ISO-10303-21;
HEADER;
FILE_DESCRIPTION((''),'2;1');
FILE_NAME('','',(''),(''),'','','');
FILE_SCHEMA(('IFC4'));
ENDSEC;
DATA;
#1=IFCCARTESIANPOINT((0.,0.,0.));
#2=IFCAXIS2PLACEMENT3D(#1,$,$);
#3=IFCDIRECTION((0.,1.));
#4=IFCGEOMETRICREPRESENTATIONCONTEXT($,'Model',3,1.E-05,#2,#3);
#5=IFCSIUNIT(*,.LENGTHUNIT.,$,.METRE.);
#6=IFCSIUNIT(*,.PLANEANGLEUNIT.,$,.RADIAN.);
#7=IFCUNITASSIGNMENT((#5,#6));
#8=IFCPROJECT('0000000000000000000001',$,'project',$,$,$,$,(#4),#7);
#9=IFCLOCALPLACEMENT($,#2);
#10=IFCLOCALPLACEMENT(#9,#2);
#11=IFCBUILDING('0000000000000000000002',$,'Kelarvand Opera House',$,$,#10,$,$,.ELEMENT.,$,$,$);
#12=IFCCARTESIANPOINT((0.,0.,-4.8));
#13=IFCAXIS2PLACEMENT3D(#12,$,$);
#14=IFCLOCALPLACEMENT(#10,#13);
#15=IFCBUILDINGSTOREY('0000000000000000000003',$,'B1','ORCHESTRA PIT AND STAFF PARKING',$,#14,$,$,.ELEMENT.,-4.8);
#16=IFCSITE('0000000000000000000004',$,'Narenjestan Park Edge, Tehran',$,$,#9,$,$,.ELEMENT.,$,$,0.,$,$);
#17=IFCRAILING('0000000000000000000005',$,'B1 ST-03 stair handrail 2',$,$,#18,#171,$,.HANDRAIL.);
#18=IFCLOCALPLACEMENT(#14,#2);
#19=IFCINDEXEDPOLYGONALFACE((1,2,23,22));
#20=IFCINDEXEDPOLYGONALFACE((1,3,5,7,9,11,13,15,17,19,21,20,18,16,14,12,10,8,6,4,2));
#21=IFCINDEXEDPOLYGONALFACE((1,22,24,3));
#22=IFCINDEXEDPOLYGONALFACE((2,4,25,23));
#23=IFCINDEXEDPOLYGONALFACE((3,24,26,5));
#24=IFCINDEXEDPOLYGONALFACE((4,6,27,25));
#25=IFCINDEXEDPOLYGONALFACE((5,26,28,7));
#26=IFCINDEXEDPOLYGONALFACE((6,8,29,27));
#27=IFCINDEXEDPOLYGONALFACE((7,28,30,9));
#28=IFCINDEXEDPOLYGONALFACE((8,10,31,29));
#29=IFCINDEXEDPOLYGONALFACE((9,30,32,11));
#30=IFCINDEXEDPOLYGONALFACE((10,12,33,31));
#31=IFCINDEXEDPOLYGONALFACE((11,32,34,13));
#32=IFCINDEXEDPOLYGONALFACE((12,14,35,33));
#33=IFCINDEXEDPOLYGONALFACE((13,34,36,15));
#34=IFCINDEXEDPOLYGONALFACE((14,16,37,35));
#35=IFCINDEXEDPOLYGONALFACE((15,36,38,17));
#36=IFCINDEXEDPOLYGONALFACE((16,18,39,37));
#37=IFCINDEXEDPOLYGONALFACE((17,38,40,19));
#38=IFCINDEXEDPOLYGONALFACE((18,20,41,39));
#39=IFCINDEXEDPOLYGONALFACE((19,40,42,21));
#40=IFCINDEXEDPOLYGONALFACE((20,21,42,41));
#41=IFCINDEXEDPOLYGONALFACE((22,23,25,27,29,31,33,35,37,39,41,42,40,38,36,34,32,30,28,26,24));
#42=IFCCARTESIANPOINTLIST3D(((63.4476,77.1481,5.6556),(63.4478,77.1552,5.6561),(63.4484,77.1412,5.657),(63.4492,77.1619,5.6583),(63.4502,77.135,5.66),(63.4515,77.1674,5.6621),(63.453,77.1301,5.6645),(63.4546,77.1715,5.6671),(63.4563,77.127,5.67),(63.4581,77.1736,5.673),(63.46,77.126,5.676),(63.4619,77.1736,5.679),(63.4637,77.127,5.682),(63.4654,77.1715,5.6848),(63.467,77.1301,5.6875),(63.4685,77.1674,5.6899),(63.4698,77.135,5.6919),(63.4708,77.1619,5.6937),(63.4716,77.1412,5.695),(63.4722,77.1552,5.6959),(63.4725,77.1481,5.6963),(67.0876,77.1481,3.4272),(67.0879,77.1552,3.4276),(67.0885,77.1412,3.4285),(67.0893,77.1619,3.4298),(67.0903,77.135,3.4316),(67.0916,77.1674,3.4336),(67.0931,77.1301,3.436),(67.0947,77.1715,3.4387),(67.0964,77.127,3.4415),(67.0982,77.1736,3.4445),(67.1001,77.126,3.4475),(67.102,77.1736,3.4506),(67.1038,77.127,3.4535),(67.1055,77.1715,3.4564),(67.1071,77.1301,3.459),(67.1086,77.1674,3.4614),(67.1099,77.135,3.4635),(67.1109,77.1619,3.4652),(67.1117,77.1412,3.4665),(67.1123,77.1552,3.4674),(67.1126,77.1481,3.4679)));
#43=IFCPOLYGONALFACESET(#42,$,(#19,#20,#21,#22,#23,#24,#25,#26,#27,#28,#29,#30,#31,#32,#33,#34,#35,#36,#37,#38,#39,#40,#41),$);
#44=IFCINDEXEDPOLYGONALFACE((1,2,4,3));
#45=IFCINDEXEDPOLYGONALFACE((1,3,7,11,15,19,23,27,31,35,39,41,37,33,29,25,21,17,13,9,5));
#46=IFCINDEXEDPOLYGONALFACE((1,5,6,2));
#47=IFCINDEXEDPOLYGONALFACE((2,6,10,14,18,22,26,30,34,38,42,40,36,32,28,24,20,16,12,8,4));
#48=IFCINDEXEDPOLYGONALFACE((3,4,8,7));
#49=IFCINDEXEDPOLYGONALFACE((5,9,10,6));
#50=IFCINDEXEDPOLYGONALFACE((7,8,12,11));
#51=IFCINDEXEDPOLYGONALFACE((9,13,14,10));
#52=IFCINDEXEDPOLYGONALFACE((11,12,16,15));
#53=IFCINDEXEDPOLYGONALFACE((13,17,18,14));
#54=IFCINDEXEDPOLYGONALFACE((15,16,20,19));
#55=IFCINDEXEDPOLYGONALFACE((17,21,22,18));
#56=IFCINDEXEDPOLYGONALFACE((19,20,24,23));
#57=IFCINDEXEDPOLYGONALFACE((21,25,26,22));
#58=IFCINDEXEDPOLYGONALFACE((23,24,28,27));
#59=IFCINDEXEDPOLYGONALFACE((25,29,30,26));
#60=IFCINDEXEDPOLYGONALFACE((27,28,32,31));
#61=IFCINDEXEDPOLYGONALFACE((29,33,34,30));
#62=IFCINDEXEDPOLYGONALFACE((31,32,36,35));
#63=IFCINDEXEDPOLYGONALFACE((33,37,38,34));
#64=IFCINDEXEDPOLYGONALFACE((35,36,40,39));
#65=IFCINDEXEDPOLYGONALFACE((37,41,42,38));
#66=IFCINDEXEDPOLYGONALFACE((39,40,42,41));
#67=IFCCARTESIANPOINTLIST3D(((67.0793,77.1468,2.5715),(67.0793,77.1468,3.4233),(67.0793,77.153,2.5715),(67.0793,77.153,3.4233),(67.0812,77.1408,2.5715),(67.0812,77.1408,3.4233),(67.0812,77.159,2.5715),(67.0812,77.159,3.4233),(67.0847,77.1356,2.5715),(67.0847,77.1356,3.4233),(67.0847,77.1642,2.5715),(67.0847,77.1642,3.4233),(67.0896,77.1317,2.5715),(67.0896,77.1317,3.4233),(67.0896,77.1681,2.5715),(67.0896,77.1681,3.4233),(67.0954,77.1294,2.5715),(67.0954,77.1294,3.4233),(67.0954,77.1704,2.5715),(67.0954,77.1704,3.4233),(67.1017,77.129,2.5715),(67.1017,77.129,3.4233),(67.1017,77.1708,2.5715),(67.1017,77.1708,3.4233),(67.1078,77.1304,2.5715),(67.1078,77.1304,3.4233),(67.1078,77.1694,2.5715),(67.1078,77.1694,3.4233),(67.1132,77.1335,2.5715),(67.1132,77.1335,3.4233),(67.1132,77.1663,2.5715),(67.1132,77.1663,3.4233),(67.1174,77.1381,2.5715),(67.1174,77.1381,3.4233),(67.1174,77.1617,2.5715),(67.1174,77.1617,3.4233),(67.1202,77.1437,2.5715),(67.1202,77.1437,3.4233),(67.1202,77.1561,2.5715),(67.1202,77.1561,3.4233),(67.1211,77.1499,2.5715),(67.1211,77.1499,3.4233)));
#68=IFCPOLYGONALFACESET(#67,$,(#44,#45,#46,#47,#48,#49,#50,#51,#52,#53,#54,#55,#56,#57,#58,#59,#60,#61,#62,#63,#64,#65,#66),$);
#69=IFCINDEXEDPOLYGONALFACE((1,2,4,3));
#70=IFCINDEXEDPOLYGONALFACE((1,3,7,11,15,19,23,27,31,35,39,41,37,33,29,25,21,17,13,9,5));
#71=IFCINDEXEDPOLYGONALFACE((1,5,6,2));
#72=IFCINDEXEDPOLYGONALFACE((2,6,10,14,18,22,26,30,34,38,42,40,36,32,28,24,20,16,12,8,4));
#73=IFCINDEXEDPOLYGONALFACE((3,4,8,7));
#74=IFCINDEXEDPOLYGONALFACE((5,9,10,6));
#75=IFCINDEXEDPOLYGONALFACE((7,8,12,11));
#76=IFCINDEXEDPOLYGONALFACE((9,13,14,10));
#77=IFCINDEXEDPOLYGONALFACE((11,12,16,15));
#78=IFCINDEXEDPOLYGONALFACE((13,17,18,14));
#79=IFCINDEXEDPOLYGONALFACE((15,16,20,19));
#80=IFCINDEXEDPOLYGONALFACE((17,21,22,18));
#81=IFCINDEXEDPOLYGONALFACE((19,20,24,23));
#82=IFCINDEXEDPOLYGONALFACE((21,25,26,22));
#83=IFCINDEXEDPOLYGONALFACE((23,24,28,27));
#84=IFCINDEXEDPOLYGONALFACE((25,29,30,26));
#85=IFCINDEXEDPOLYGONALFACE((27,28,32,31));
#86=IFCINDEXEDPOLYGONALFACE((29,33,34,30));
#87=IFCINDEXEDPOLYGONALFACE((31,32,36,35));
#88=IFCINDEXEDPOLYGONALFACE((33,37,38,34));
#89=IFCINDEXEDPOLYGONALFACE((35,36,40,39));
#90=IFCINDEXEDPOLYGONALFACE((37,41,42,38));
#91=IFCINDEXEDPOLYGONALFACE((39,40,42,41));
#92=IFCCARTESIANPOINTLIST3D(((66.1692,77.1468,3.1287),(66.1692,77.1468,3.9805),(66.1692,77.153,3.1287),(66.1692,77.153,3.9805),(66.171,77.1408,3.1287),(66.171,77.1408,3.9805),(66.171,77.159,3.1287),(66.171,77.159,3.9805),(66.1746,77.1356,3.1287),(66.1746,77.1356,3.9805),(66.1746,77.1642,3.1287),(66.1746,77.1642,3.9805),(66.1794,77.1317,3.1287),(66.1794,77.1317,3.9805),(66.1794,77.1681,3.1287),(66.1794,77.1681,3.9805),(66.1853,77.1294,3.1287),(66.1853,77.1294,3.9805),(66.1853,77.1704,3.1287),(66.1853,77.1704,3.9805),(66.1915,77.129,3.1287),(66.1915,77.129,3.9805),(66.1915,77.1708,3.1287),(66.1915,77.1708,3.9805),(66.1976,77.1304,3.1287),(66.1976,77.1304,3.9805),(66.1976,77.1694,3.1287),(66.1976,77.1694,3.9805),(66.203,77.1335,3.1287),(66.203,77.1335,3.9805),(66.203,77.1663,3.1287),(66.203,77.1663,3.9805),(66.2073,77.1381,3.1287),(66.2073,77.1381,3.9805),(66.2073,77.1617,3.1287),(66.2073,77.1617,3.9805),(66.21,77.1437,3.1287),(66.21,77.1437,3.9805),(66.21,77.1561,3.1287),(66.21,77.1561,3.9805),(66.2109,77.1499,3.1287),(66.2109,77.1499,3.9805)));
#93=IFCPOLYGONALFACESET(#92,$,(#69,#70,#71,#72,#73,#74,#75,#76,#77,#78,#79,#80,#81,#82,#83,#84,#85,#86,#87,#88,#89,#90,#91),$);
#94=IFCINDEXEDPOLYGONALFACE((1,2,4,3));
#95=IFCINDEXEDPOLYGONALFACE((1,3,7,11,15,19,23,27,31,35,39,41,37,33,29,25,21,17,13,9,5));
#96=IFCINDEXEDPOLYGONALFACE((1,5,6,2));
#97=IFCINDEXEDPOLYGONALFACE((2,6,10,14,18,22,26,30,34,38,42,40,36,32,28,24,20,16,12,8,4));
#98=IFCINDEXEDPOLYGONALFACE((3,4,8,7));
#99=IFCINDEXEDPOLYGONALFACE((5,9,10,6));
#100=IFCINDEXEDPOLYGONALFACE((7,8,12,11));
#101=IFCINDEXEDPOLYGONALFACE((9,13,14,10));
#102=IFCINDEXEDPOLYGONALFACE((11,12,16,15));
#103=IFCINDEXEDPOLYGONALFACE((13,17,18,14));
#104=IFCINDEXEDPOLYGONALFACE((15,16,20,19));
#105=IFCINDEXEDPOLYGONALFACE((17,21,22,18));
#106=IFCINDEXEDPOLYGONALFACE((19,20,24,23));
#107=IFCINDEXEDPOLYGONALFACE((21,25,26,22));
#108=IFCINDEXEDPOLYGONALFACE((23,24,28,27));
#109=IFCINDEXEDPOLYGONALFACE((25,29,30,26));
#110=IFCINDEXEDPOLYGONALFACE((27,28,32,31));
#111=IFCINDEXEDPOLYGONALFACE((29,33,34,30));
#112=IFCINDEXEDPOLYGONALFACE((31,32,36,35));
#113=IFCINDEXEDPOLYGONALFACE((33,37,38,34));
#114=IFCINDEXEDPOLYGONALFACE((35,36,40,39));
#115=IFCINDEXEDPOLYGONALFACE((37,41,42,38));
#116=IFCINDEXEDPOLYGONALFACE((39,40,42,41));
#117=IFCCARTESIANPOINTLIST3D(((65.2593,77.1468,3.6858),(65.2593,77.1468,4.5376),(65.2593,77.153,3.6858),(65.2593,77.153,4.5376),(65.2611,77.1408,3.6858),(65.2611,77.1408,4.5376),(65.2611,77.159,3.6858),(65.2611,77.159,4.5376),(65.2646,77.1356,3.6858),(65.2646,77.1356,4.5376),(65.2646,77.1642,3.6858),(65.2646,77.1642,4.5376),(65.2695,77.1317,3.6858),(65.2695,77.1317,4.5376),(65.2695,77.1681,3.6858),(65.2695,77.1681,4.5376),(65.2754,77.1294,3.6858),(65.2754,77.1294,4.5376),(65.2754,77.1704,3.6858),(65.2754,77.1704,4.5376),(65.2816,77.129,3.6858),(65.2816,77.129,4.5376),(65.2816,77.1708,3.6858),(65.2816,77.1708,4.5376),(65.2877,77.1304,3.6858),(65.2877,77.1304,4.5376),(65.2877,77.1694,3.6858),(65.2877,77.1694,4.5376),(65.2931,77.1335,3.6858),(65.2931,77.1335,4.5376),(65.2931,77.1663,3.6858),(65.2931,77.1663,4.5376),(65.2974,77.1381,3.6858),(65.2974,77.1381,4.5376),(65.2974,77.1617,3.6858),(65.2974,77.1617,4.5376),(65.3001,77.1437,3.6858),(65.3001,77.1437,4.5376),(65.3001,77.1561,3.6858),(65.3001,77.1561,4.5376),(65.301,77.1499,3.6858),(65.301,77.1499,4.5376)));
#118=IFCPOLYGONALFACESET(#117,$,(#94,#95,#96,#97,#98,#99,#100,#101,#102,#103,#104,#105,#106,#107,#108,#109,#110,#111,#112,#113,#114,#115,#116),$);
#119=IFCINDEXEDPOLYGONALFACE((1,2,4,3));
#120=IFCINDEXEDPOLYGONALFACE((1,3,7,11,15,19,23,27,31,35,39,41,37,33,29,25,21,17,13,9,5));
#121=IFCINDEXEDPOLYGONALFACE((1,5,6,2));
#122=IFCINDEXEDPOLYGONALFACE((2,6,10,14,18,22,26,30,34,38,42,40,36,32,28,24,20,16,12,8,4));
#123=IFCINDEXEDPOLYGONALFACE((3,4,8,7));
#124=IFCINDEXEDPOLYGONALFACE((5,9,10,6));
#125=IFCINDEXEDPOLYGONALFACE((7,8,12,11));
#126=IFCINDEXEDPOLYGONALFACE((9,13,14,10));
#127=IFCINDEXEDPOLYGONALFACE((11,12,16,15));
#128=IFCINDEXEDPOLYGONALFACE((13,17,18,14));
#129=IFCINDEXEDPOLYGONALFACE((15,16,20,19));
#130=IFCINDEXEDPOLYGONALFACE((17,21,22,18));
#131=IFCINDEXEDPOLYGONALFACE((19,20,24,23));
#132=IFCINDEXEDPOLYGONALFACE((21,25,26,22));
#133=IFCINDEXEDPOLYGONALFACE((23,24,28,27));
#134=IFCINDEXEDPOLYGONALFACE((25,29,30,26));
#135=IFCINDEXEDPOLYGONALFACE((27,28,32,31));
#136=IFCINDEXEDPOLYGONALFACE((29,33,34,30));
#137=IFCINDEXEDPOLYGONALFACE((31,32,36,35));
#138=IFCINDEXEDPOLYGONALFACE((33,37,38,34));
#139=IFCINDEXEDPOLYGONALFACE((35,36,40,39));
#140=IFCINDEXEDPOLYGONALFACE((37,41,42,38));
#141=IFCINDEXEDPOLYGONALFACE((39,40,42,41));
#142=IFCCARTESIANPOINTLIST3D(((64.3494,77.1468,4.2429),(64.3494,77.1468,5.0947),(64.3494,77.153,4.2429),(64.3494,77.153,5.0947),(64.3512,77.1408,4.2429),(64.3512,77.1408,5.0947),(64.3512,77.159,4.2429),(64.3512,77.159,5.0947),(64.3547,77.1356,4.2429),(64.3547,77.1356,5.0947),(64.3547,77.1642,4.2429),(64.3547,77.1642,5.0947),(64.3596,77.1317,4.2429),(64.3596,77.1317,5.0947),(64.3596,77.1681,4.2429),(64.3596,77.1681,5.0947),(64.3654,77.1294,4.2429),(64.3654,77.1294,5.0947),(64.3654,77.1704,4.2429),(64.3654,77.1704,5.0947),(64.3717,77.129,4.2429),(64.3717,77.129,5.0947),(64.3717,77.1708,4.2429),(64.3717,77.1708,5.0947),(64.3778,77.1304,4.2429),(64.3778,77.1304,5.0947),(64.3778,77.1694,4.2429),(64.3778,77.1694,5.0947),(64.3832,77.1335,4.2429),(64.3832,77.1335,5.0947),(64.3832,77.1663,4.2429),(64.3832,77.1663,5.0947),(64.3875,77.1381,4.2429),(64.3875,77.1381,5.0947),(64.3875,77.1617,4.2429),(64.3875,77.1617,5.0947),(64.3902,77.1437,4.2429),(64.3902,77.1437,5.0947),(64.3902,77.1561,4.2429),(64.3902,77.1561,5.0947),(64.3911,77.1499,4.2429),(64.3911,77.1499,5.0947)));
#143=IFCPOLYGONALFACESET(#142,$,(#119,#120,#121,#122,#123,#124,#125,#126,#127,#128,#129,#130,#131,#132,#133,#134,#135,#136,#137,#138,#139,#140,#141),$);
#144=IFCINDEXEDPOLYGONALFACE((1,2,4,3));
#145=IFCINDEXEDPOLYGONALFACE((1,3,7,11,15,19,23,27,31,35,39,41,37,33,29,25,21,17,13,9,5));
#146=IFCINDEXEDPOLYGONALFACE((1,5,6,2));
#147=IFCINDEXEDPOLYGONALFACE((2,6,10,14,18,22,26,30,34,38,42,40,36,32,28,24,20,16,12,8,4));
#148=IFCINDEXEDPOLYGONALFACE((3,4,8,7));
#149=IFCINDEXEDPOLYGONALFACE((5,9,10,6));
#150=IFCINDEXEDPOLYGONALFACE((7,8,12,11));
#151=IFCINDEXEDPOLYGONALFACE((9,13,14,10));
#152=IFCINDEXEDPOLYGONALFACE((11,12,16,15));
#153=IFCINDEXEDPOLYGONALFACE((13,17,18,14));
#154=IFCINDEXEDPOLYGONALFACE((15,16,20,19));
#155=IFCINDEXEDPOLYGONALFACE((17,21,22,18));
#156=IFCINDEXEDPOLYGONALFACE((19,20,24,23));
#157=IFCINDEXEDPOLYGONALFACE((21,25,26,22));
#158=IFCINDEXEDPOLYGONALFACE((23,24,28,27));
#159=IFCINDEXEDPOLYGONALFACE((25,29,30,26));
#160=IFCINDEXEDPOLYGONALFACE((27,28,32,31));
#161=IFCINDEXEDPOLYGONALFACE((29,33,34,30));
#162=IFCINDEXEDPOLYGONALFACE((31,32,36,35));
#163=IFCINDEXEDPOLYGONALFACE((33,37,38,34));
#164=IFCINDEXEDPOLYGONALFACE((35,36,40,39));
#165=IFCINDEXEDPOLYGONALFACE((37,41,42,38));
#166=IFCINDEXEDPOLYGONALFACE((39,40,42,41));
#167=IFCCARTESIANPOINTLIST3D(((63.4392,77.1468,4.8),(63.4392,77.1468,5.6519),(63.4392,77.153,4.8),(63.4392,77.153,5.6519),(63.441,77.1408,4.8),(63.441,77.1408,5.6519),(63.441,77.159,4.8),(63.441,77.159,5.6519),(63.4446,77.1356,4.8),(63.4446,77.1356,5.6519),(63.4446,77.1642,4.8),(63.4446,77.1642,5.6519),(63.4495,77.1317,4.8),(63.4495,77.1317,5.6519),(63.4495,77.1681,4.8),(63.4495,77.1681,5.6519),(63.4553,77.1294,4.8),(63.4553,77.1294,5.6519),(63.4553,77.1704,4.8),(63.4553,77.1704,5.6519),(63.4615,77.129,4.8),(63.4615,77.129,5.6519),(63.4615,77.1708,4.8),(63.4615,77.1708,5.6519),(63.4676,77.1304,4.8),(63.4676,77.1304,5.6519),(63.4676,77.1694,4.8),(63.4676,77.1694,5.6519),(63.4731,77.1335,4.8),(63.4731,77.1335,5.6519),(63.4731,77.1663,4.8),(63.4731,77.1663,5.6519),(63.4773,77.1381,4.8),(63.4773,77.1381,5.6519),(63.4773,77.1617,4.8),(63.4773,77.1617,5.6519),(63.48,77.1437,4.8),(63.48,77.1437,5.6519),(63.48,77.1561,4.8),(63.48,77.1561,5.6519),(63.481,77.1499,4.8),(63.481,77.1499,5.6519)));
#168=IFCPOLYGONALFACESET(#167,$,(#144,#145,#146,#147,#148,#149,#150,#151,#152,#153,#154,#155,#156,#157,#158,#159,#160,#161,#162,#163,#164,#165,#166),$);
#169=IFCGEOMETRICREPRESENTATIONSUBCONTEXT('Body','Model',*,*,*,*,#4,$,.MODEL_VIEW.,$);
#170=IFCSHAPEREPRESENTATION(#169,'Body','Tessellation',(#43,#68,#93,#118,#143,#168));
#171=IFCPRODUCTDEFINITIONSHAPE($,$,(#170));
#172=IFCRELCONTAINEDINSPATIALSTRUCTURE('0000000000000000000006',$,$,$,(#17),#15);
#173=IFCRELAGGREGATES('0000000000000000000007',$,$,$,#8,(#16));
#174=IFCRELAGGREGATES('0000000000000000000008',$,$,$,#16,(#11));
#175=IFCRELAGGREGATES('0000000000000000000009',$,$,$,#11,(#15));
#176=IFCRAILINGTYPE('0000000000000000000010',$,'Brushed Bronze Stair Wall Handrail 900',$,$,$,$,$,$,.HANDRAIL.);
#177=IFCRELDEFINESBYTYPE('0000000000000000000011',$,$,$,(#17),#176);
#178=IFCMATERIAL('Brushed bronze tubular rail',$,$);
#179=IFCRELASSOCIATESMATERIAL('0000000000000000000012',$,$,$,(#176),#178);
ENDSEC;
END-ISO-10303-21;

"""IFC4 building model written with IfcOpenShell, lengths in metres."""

from ifc_helpers import new_model, si_unit, direction, frame, origin, origin_2d, place, context, subcontext, project, spatial, circle, extrude, material, type_object, element, save


model = new_model("IFC4")

# Units and contexts
model_context = context("Model", 3, precision=1e-05, world=origin(), true_north=direction((0.0, 1.0)))
body_context = subcontext(model_context, "Body", "Model", "MODEL_VIEW")
ifc_project = project(units=[si_unit("LENGTHUNIT", "METRE"), si_unit("PLANEANGLEUNIT", "RADIAN")], contexts=[model_context])

# Site, building, storey
site_placement = place(None, origin())
site = spatial("IfcSite", under=ifc_project, at=site_placement, Name="Narenjestan Park Edge, Tehran", CompositionType="ELEMENT", RefElevation=0.0)
building_placement = place(site_placement, origin())
building = spatial("IfcBuilding", under=site, at=building_placement, Name="Kelarvand Opera House", CompositionType="ELEMENT")
storey_placement = place(building_placement, frame((0.0, 0.0, -4.8)))
storey = spatial("IfcBuildingStorey", under=building, at=storey_placement, Name="B1", Description="ORCHESTRA PIT AND STAFF PARKING", CompositionType="ELEMENT", Elevation=-4.8)

# Railing
ifc_material_1 = material(Name="Brushed bronze tubular rail")
railing_type_1 = type_object("IfcRailingType", Name="Brushed Bronze Stair Wall Handrail 900", PredefinedType="HANDRAIL", material=ifc_material_1)
railing_1_placement = place(storey_placement, frame((67.1001, 77.1499, 2.5715)))
element("IfcRailing", 1, at=railing_1_placement, inside=storey, type_object=railing_type_1, Name="B1 ST-03 stair handrail 2", PredefinedType="HANDRAIL", context=body_context, shape_type="SweptSolid", body=[
    extrude(circle(Radius=0.0239, at=origin_2d()), frame((0.0, 0.0, 0.876), z_axis=(-0.852866, 0.0, 0.52213), x_axis=(0.0, -1.0, 0.0)), (0.0, 0.0, 1.0), 4.2681),
    extrude(circle(Radius=0.021, at=origin_2d()), origin(), (0.0, 0.0, 1.0), 0.8518),
    extrude(circle(Radius=0.021, at=origin_2d()), frame((-0.9102, 0.0, 0.5571)), (0.0, 0.0, 1.0), 0.8518),
    extrude(circle(Radius=0.021, at=origin_2d()), frame((-1.8201, 0.0, 1.1143)), (0.0, 0.0, 1.0), 0.8518),
    extrude(circle(Radius=0.021, at=origin_2d()), frame((-2.73, 0.0, 1.6714)), (0.0, 0.0, 1.0), 0.8518),
    extrude(circle(Radius=0.021, at=origin_2d()), frame((-3.6401, 0.0, 2.2285)), (0.0, 0.0, 1.0), 0.8518),
])

save(model, "model.ifc")
